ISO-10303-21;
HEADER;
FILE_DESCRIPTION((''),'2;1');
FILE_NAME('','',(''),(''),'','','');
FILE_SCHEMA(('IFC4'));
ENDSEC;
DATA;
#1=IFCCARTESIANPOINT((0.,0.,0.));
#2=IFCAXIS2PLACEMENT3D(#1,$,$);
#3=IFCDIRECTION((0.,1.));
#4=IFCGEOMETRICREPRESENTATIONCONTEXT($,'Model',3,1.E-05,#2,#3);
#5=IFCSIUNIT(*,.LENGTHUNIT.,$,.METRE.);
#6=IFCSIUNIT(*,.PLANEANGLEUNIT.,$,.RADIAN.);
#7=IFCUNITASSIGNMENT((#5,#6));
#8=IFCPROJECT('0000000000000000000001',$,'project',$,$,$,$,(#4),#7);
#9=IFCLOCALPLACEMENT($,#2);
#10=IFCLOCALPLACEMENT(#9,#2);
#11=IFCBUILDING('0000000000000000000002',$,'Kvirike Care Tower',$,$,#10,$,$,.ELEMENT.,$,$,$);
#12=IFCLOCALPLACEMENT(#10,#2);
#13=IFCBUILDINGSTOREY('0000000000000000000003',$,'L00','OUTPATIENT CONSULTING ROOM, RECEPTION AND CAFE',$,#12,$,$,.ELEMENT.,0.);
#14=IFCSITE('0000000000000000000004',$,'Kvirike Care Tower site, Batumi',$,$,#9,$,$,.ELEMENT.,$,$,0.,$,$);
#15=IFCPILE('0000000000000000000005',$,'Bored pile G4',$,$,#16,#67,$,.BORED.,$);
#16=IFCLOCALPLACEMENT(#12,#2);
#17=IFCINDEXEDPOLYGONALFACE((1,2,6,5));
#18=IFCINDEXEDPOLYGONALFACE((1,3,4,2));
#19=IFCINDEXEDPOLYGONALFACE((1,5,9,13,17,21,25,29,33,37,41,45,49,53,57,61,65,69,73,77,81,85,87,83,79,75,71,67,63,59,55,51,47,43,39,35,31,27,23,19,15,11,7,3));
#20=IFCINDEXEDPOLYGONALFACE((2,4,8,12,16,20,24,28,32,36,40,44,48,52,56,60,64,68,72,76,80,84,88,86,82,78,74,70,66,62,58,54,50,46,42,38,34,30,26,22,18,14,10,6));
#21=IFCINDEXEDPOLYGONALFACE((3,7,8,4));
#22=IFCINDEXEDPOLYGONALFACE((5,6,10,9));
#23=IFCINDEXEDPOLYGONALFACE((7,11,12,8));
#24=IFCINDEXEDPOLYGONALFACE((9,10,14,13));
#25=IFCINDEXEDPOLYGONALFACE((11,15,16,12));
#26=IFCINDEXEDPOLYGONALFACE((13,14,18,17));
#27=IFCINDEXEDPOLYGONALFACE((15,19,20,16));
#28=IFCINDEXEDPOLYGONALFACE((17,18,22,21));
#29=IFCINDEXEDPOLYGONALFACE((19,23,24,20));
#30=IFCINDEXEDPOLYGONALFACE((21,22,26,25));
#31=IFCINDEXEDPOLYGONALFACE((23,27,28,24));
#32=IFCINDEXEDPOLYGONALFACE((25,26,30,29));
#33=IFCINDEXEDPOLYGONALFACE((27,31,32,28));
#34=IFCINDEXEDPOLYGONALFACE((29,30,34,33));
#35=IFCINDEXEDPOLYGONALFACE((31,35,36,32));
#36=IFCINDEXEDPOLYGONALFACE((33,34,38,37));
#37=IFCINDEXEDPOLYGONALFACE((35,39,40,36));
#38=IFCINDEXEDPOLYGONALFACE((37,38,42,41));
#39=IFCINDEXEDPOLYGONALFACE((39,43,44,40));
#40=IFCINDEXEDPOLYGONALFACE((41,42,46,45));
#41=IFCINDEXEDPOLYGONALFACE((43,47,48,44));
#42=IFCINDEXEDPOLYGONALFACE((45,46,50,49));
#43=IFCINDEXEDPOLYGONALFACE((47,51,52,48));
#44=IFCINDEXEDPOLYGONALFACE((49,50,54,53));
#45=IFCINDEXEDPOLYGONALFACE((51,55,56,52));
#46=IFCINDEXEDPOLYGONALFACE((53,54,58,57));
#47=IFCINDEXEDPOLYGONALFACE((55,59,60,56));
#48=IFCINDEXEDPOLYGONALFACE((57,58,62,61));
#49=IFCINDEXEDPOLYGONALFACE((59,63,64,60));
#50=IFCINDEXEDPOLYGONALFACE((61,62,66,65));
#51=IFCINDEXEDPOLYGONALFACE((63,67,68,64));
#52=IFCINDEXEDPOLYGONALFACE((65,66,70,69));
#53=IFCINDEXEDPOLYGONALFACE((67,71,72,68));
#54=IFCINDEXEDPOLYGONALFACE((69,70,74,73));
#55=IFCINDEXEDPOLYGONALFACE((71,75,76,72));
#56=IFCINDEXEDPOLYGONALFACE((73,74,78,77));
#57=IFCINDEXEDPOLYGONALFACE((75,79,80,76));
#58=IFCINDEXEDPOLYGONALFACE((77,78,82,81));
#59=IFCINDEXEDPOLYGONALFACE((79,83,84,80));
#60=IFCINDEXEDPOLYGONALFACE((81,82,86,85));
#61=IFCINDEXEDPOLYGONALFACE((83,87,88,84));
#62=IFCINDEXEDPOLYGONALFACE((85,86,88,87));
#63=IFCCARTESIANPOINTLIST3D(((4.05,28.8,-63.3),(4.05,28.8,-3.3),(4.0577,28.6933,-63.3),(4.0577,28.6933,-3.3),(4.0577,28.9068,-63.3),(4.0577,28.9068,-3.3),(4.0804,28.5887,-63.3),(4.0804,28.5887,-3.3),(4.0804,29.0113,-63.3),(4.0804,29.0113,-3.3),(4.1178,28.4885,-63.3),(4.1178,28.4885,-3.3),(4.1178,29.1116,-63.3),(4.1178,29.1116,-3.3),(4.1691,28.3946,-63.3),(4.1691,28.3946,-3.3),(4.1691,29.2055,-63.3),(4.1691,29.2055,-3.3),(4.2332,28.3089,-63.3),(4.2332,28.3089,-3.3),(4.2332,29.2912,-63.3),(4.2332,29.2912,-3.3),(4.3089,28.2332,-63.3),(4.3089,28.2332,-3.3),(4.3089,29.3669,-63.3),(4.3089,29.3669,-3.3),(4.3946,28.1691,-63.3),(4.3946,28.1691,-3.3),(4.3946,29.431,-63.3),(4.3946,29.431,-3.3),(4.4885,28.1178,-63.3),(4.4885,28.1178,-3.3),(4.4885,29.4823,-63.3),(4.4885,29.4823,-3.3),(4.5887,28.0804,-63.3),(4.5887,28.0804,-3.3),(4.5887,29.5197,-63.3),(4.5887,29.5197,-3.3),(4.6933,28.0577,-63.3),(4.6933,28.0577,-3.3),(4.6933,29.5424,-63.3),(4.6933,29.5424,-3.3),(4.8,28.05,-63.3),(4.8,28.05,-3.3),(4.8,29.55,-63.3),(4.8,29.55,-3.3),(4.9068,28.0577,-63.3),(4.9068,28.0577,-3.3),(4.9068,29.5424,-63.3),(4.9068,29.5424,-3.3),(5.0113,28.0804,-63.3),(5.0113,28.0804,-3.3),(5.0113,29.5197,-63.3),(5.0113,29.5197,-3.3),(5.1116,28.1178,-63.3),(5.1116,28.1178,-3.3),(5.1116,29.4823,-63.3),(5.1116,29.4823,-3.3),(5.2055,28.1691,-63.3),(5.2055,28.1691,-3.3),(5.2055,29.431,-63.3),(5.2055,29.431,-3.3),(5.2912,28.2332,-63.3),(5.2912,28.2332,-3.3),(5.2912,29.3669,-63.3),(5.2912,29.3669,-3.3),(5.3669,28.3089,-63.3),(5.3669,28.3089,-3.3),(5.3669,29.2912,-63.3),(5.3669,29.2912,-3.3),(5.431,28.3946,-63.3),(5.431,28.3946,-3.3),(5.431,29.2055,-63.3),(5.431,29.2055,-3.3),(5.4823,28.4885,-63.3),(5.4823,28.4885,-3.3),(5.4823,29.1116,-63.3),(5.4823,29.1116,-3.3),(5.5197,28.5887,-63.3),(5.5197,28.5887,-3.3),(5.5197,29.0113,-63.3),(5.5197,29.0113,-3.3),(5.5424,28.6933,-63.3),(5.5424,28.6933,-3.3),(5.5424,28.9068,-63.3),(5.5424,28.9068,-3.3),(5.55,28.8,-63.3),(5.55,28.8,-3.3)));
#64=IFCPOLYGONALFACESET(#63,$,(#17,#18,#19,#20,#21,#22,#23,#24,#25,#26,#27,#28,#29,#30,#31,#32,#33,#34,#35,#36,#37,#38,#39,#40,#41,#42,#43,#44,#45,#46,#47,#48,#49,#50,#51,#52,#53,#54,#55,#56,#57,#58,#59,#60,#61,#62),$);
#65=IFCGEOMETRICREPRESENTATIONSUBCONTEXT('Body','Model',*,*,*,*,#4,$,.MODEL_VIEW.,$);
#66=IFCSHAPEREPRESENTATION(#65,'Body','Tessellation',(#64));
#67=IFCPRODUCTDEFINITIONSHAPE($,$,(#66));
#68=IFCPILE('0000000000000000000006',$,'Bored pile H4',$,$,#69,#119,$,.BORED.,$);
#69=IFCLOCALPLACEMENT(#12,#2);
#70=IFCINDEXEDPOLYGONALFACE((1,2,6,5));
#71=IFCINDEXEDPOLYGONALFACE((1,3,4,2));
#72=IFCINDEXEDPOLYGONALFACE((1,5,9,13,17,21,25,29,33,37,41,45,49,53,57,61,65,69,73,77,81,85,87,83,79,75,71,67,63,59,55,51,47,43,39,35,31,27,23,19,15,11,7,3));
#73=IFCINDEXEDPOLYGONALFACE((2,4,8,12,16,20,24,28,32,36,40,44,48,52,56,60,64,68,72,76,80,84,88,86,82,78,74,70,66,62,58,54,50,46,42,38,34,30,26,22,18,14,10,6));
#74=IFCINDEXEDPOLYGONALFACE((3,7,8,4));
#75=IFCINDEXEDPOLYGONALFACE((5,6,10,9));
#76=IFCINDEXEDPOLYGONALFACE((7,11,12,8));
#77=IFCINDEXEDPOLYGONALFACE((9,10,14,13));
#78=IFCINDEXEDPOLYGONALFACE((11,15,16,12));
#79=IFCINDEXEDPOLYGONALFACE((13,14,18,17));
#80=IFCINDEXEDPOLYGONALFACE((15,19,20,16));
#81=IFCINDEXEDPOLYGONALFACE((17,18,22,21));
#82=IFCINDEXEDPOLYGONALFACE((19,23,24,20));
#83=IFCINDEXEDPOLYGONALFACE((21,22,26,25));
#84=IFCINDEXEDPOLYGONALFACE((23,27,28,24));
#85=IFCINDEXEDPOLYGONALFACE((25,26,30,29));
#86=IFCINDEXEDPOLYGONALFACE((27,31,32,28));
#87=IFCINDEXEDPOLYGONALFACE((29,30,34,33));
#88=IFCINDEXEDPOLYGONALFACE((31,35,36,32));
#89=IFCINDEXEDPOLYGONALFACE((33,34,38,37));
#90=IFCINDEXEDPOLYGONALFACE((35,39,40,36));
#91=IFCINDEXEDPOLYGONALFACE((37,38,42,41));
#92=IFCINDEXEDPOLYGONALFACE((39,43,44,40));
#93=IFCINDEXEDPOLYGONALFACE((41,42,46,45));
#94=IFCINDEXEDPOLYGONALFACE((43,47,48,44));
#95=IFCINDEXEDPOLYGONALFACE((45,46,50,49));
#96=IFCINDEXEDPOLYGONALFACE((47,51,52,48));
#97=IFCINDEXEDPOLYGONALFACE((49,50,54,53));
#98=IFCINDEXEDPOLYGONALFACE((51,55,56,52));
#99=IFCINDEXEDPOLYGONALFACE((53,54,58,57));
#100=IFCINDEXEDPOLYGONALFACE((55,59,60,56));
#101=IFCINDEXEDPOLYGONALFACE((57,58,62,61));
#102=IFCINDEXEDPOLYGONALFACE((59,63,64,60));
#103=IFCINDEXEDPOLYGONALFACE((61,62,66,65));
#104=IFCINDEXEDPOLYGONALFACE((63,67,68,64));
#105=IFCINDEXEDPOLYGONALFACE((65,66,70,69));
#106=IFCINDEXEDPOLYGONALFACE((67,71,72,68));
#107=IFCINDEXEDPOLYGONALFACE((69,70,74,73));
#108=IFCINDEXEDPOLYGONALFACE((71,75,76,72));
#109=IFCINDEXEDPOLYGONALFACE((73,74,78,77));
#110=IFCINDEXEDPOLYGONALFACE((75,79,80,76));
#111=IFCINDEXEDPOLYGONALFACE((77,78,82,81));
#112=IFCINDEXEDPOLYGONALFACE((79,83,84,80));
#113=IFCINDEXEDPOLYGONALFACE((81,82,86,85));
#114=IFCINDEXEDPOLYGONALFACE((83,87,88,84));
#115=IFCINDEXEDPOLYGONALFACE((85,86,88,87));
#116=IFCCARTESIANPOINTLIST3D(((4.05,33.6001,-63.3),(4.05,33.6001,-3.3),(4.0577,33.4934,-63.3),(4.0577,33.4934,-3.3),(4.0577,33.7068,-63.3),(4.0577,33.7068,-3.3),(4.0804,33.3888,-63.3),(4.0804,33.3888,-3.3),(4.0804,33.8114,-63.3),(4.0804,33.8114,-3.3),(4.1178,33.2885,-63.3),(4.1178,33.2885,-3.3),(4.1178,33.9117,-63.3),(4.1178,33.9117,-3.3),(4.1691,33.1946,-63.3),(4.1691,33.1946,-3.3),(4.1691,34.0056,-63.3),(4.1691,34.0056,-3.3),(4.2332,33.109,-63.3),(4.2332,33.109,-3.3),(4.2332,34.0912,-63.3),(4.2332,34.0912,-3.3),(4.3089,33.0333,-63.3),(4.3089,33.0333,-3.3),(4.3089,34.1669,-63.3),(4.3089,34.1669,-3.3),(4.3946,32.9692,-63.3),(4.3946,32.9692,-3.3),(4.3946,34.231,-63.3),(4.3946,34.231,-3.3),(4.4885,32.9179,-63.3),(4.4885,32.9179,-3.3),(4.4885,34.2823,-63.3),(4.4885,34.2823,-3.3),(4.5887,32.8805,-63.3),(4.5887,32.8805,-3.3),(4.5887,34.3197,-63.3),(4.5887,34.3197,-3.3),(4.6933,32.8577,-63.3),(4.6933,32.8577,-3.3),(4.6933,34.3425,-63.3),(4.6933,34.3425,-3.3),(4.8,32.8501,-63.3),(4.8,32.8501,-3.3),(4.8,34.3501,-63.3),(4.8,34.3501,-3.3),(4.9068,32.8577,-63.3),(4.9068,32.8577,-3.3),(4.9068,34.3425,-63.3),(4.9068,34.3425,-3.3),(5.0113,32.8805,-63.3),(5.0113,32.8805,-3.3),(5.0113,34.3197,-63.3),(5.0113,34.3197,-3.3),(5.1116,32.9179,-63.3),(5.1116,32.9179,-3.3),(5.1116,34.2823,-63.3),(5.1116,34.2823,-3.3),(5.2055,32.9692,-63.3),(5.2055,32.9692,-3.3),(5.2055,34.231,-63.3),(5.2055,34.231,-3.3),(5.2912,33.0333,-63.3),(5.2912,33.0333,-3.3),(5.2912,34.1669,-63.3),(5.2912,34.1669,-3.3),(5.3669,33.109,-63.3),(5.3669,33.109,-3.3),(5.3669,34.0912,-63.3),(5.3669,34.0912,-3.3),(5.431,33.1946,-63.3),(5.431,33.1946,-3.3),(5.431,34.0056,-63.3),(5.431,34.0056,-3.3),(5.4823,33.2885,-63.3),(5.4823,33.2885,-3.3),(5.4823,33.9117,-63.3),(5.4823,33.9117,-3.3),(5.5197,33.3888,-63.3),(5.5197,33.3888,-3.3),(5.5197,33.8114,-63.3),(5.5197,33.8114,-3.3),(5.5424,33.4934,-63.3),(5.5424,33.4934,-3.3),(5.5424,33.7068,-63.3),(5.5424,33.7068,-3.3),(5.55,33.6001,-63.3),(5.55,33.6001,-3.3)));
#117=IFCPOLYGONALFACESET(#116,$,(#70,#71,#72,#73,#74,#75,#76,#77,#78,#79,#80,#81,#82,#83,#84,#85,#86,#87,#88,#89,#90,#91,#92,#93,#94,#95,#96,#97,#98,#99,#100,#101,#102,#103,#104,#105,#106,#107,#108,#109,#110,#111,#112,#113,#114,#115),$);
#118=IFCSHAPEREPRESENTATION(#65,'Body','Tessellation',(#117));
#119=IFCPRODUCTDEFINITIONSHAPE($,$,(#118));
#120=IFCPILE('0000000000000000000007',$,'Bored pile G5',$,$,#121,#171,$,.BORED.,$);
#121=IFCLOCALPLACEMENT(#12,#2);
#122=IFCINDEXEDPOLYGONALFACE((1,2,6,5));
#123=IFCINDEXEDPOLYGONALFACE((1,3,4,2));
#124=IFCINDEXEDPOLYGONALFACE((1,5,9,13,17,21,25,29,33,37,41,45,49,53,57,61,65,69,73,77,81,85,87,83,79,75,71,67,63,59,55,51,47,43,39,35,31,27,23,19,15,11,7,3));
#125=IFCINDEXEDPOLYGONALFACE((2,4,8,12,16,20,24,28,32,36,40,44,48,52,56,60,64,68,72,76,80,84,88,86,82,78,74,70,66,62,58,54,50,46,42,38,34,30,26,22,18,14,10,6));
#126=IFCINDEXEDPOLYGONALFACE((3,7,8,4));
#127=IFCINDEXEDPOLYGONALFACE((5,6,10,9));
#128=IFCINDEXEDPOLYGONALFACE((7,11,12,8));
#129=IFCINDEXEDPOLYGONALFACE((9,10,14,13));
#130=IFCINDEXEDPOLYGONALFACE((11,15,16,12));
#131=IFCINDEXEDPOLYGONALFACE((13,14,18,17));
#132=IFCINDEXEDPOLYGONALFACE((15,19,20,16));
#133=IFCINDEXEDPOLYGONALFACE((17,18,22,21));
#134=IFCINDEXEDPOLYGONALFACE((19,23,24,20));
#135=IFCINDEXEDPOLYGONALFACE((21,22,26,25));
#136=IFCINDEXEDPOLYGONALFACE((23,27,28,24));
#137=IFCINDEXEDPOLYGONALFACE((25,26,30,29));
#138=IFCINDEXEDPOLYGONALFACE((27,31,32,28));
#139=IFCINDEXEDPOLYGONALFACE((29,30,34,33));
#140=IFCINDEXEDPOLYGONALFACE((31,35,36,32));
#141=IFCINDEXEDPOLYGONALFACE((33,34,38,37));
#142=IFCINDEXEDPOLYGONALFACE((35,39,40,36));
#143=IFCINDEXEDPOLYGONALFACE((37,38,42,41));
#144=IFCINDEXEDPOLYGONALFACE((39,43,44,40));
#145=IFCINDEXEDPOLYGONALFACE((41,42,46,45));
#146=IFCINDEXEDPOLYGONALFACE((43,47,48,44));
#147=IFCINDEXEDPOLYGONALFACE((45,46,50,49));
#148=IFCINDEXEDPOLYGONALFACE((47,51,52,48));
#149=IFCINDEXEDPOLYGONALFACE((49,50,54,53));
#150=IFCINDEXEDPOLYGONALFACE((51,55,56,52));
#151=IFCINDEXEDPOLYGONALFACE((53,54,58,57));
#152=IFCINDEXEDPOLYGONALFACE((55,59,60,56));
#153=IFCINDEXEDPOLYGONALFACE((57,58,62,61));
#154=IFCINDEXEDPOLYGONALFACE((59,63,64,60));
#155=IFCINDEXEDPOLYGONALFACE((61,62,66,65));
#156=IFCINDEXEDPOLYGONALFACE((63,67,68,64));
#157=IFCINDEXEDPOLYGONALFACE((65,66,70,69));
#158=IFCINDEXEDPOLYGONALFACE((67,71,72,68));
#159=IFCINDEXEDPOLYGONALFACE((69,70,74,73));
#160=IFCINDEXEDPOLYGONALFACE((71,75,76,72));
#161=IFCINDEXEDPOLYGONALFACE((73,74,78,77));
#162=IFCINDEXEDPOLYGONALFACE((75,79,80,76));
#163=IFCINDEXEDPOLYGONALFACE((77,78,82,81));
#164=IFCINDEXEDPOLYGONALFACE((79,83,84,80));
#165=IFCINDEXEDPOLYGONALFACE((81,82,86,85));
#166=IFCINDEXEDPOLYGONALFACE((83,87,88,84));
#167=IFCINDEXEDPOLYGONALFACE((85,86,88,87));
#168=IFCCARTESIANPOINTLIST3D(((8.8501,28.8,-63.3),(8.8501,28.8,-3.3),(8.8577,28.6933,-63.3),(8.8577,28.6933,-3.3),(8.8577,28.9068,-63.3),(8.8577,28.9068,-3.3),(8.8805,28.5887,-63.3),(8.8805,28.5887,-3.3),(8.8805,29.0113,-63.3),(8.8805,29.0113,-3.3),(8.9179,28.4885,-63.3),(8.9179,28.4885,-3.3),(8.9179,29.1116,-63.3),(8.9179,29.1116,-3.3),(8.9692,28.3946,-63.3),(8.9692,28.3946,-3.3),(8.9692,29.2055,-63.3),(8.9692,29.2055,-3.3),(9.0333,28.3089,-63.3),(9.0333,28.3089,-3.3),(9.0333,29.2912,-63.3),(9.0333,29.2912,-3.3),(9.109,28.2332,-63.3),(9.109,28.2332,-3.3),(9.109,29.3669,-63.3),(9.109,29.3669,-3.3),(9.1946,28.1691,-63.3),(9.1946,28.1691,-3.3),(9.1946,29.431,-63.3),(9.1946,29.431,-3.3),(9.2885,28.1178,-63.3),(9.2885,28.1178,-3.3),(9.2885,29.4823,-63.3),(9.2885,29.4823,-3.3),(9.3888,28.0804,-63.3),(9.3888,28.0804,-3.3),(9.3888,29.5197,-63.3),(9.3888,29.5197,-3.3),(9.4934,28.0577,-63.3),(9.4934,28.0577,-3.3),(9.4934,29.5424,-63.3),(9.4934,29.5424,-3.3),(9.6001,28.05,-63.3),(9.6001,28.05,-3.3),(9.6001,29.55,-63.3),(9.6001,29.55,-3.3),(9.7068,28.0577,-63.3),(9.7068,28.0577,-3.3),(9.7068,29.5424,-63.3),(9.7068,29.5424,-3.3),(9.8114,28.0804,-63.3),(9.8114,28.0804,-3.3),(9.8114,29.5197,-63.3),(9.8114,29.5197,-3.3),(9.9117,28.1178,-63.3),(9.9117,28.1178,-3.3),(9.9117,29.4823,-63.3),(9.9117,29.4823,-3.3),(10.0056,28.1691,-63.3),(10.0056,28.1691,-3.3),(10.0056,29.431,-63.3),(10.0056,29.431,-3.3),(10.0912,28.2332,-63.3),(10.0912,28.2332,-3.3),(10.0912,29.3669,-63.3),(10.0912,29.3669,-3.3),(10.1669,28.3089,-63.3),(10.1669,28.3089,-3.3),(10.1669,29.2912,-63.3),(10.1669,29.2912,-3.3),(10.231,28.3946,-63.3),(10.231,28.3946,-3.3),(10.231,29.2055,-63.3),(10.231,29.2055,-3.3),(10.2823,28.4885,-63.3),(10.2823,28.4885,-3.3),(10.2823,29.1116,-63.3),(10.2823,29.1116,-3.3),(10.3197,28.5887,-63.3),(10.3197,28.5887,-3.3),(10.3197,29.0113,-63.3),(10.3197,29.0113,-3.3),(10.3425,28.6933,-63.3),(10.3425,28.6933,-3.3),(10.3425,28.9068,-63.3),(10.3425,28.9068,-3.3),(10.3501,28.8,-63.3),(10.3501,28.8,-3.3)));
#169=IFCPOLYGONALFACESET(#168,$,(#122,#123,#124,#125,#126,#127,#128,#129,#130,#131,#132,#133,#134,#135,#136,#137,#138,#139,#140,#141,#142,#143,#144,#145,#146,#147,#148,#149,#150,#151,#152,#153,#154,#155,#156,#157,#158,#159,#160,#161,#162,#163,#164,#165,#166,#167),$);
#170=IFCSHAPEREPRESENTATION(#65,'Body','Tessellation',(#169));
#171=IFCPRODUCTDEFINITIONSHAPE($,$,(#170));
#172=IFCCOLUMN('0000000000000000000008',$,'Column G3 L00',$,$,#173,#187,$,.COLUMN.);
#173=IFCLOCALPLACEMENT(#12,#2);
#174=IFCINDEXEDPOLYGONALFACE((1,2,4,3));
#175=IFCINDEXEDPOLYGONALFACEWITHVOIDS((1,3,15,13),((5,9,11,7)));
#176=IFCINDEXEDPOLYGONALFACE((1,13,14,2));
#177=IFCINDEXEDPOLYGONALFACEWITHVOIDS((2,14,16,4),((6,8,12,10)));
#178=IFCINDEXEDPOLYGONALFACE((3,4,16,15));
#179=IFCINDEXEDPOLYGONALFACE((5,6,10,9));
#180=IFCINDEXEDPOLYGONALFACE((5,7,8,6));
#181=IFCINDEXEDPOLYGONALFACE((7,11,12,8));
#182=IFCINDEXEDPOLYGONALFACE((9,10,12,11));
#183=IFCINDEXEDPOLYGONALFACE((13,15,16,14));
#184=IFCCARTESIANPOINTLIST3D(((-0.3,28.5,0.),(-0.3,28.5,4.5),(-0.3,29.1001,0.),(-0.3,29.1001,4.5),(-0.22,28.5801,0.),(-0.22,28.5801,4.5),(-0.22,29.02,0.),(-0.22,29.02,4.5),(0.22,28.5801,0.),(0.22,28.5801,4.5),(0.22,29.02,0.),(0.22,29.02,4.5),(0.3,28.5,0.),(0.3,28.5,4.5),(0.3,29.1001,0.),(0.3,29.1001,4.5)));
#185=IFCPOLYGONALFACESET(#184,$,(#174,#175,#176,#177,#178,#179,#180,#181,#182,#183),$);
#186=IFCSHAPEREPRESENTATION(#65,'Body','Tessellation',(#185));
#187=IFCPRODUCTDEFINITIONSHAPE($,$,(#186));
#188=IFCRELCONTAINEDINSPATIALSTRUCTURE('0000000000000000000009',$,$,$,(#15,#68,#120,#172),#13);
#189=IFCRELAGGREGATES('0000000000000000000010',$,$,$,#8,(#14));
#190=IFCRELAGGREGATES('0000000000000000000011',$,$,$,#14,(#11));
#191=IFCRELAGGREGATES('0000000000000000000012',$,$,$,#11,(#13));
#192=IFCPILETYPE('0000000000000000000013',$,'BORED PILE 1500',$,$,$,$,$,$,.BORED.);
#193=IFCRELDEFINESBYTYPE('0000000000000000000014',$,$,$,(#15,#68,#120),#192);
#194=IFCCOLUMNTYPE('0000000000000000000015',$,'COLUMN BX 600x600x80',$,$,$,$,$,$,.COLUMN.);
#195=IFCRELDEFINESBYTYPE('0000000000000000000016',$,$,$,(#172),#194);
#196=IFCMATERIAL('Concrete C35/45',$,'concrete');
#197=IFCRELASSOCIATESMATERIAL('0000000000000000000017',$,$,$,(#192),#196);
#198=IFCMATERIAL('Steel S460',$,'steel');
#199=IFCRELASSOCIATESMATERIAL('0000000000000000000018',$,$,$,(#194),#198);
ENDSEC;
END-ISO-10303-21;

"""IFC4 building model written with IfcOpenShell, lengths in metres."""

from ifc_helpers import new_model, si_unit, direction, frame, origin, origin_2d, place, context, subcontext, project, spatial, hollow_rectangle, circle, extrude, material, material_profile, profile_set, type_object, element, save


model = new_model("IFC4")

# Units and contexts
model_context = context("Model", 3, precision=1e-05, world=origin(), true_north=direction((0.0, 1.0)))
body_context = subcontext(model_context, "Body", "Model", "MODEL_VIEW")
ifc_project = project(units=[si_unit("LENGTHUNIT", "METRE"), si_unit("PLANEANGLEUNIT", "RADIAN")], contexts=[model_context])

# Site, building, storey
site_placement = place(None, origin())
site = spatial("IfcSite", under=ifc_project, at=site_placement, Name="Kvirike Care Tower site, Batumi", CompositionType="ELEMENT", RefElevation=0.0)
building_placement = place(site_placement, origin())
building = spatial("IfcBuilding", under=site, at=building_placement, Name="Kvirike Care Tower", CompositionType="ELEMENT")
storey_placement = place(building_placement, origin())
storey = spatial("IfcBuildingStorey", under=building, at=storey_placement, Name="L00", Description="OUTPATIENT CONSULTING ROOM, RECEPTION AND CAFE", CompositionType="ELEMENT", Elevation=0.0)

# Piles
ifc_material_1 = material(Name="Concrete C35/45", Category="concrete")
ifc_material_profile_1 = material_profile(ifc_material_1, circle(Radius=0.75, at=origin_2d()), Name="BORED PILE 1500")
ifc_profile_set_1 = profile_set([ifc_material_profile_1], Name="Concrete C35/45")
pile_type = type_object("IfcPileType", Name="BORED PILE 1500", PredefinedType="BORED", material=ifc_profile_set_1)
for number, where, z_axis, x_axis, name in (
    (1, (4.8, 28.8, -3.3), (0.0, 0.0, -1.0), (1.0, 0.0, 0.0), "Bored pile G4"),
    (2, (4.8, 33.6001, -3.3), (0.0, 0.0, -1.0), (1.0, 0.0, 0.0), "Bored pile H4"),
    (3, (9.6001, 28.8, -3.3), (0.0, 0.0, -1.0), (1.0, 0.0, 0.0), "Bored pile G5"),
):
    element("IfcPile", number, at=place(storey_placement, frame(where, z_axis=z_axis, x_axis=x_axis)), inside=storey, type_object=pile_type, Name=name, PredefinedType="BORED", context=body_context, shape_type="SweptSolid", body=[
        extrude(circle(Radius=0.75, at=origin_2d()), origin(), (0.0, 0.0, 1.0), 60.0),
    ])

# Column
ifc_material_2 = material(Name="Steel S460", Category="steel")
ifc_material_profile_2 = material_profile(ifc_material_2, hollow_rectangle(XDim=0.6001, YDim=0.6001, WallThickness=0.0801, at=origin_2d()), Name="BX 600x600x80")
ifc_profile_set_2 = profile_set([ifc_material_profile_2], Name="Steel S460")
column_type_1 = type_object("IfcColumnType", Name="COLUMN BX 600x600x80", PredefinedType="COLUMN", material=ifc_profile_set_2)
column_placement = place(storey_placement, frame((0.0, 28.8, 0.0), z_axis=(0.0, 0.0, 1.0), x_axis=(0.0, 1.0, 0.0)))
element("IfcColumn", 4, at=column_placement, inside=storey, type_object=column_type_1, Name="Column G3 L00", PredefinedType="COLUMN", context=body_context, shape_type="SweptSolid", body=[
    extrude(hollow_rectangle(XDim=0.6001, YDim=0.6001, WallThickness=0.0801, at=origin_2d()), origin(), (0.0, 0.0, 1.0), 4.5),
])

save(model, "model.ifc")
